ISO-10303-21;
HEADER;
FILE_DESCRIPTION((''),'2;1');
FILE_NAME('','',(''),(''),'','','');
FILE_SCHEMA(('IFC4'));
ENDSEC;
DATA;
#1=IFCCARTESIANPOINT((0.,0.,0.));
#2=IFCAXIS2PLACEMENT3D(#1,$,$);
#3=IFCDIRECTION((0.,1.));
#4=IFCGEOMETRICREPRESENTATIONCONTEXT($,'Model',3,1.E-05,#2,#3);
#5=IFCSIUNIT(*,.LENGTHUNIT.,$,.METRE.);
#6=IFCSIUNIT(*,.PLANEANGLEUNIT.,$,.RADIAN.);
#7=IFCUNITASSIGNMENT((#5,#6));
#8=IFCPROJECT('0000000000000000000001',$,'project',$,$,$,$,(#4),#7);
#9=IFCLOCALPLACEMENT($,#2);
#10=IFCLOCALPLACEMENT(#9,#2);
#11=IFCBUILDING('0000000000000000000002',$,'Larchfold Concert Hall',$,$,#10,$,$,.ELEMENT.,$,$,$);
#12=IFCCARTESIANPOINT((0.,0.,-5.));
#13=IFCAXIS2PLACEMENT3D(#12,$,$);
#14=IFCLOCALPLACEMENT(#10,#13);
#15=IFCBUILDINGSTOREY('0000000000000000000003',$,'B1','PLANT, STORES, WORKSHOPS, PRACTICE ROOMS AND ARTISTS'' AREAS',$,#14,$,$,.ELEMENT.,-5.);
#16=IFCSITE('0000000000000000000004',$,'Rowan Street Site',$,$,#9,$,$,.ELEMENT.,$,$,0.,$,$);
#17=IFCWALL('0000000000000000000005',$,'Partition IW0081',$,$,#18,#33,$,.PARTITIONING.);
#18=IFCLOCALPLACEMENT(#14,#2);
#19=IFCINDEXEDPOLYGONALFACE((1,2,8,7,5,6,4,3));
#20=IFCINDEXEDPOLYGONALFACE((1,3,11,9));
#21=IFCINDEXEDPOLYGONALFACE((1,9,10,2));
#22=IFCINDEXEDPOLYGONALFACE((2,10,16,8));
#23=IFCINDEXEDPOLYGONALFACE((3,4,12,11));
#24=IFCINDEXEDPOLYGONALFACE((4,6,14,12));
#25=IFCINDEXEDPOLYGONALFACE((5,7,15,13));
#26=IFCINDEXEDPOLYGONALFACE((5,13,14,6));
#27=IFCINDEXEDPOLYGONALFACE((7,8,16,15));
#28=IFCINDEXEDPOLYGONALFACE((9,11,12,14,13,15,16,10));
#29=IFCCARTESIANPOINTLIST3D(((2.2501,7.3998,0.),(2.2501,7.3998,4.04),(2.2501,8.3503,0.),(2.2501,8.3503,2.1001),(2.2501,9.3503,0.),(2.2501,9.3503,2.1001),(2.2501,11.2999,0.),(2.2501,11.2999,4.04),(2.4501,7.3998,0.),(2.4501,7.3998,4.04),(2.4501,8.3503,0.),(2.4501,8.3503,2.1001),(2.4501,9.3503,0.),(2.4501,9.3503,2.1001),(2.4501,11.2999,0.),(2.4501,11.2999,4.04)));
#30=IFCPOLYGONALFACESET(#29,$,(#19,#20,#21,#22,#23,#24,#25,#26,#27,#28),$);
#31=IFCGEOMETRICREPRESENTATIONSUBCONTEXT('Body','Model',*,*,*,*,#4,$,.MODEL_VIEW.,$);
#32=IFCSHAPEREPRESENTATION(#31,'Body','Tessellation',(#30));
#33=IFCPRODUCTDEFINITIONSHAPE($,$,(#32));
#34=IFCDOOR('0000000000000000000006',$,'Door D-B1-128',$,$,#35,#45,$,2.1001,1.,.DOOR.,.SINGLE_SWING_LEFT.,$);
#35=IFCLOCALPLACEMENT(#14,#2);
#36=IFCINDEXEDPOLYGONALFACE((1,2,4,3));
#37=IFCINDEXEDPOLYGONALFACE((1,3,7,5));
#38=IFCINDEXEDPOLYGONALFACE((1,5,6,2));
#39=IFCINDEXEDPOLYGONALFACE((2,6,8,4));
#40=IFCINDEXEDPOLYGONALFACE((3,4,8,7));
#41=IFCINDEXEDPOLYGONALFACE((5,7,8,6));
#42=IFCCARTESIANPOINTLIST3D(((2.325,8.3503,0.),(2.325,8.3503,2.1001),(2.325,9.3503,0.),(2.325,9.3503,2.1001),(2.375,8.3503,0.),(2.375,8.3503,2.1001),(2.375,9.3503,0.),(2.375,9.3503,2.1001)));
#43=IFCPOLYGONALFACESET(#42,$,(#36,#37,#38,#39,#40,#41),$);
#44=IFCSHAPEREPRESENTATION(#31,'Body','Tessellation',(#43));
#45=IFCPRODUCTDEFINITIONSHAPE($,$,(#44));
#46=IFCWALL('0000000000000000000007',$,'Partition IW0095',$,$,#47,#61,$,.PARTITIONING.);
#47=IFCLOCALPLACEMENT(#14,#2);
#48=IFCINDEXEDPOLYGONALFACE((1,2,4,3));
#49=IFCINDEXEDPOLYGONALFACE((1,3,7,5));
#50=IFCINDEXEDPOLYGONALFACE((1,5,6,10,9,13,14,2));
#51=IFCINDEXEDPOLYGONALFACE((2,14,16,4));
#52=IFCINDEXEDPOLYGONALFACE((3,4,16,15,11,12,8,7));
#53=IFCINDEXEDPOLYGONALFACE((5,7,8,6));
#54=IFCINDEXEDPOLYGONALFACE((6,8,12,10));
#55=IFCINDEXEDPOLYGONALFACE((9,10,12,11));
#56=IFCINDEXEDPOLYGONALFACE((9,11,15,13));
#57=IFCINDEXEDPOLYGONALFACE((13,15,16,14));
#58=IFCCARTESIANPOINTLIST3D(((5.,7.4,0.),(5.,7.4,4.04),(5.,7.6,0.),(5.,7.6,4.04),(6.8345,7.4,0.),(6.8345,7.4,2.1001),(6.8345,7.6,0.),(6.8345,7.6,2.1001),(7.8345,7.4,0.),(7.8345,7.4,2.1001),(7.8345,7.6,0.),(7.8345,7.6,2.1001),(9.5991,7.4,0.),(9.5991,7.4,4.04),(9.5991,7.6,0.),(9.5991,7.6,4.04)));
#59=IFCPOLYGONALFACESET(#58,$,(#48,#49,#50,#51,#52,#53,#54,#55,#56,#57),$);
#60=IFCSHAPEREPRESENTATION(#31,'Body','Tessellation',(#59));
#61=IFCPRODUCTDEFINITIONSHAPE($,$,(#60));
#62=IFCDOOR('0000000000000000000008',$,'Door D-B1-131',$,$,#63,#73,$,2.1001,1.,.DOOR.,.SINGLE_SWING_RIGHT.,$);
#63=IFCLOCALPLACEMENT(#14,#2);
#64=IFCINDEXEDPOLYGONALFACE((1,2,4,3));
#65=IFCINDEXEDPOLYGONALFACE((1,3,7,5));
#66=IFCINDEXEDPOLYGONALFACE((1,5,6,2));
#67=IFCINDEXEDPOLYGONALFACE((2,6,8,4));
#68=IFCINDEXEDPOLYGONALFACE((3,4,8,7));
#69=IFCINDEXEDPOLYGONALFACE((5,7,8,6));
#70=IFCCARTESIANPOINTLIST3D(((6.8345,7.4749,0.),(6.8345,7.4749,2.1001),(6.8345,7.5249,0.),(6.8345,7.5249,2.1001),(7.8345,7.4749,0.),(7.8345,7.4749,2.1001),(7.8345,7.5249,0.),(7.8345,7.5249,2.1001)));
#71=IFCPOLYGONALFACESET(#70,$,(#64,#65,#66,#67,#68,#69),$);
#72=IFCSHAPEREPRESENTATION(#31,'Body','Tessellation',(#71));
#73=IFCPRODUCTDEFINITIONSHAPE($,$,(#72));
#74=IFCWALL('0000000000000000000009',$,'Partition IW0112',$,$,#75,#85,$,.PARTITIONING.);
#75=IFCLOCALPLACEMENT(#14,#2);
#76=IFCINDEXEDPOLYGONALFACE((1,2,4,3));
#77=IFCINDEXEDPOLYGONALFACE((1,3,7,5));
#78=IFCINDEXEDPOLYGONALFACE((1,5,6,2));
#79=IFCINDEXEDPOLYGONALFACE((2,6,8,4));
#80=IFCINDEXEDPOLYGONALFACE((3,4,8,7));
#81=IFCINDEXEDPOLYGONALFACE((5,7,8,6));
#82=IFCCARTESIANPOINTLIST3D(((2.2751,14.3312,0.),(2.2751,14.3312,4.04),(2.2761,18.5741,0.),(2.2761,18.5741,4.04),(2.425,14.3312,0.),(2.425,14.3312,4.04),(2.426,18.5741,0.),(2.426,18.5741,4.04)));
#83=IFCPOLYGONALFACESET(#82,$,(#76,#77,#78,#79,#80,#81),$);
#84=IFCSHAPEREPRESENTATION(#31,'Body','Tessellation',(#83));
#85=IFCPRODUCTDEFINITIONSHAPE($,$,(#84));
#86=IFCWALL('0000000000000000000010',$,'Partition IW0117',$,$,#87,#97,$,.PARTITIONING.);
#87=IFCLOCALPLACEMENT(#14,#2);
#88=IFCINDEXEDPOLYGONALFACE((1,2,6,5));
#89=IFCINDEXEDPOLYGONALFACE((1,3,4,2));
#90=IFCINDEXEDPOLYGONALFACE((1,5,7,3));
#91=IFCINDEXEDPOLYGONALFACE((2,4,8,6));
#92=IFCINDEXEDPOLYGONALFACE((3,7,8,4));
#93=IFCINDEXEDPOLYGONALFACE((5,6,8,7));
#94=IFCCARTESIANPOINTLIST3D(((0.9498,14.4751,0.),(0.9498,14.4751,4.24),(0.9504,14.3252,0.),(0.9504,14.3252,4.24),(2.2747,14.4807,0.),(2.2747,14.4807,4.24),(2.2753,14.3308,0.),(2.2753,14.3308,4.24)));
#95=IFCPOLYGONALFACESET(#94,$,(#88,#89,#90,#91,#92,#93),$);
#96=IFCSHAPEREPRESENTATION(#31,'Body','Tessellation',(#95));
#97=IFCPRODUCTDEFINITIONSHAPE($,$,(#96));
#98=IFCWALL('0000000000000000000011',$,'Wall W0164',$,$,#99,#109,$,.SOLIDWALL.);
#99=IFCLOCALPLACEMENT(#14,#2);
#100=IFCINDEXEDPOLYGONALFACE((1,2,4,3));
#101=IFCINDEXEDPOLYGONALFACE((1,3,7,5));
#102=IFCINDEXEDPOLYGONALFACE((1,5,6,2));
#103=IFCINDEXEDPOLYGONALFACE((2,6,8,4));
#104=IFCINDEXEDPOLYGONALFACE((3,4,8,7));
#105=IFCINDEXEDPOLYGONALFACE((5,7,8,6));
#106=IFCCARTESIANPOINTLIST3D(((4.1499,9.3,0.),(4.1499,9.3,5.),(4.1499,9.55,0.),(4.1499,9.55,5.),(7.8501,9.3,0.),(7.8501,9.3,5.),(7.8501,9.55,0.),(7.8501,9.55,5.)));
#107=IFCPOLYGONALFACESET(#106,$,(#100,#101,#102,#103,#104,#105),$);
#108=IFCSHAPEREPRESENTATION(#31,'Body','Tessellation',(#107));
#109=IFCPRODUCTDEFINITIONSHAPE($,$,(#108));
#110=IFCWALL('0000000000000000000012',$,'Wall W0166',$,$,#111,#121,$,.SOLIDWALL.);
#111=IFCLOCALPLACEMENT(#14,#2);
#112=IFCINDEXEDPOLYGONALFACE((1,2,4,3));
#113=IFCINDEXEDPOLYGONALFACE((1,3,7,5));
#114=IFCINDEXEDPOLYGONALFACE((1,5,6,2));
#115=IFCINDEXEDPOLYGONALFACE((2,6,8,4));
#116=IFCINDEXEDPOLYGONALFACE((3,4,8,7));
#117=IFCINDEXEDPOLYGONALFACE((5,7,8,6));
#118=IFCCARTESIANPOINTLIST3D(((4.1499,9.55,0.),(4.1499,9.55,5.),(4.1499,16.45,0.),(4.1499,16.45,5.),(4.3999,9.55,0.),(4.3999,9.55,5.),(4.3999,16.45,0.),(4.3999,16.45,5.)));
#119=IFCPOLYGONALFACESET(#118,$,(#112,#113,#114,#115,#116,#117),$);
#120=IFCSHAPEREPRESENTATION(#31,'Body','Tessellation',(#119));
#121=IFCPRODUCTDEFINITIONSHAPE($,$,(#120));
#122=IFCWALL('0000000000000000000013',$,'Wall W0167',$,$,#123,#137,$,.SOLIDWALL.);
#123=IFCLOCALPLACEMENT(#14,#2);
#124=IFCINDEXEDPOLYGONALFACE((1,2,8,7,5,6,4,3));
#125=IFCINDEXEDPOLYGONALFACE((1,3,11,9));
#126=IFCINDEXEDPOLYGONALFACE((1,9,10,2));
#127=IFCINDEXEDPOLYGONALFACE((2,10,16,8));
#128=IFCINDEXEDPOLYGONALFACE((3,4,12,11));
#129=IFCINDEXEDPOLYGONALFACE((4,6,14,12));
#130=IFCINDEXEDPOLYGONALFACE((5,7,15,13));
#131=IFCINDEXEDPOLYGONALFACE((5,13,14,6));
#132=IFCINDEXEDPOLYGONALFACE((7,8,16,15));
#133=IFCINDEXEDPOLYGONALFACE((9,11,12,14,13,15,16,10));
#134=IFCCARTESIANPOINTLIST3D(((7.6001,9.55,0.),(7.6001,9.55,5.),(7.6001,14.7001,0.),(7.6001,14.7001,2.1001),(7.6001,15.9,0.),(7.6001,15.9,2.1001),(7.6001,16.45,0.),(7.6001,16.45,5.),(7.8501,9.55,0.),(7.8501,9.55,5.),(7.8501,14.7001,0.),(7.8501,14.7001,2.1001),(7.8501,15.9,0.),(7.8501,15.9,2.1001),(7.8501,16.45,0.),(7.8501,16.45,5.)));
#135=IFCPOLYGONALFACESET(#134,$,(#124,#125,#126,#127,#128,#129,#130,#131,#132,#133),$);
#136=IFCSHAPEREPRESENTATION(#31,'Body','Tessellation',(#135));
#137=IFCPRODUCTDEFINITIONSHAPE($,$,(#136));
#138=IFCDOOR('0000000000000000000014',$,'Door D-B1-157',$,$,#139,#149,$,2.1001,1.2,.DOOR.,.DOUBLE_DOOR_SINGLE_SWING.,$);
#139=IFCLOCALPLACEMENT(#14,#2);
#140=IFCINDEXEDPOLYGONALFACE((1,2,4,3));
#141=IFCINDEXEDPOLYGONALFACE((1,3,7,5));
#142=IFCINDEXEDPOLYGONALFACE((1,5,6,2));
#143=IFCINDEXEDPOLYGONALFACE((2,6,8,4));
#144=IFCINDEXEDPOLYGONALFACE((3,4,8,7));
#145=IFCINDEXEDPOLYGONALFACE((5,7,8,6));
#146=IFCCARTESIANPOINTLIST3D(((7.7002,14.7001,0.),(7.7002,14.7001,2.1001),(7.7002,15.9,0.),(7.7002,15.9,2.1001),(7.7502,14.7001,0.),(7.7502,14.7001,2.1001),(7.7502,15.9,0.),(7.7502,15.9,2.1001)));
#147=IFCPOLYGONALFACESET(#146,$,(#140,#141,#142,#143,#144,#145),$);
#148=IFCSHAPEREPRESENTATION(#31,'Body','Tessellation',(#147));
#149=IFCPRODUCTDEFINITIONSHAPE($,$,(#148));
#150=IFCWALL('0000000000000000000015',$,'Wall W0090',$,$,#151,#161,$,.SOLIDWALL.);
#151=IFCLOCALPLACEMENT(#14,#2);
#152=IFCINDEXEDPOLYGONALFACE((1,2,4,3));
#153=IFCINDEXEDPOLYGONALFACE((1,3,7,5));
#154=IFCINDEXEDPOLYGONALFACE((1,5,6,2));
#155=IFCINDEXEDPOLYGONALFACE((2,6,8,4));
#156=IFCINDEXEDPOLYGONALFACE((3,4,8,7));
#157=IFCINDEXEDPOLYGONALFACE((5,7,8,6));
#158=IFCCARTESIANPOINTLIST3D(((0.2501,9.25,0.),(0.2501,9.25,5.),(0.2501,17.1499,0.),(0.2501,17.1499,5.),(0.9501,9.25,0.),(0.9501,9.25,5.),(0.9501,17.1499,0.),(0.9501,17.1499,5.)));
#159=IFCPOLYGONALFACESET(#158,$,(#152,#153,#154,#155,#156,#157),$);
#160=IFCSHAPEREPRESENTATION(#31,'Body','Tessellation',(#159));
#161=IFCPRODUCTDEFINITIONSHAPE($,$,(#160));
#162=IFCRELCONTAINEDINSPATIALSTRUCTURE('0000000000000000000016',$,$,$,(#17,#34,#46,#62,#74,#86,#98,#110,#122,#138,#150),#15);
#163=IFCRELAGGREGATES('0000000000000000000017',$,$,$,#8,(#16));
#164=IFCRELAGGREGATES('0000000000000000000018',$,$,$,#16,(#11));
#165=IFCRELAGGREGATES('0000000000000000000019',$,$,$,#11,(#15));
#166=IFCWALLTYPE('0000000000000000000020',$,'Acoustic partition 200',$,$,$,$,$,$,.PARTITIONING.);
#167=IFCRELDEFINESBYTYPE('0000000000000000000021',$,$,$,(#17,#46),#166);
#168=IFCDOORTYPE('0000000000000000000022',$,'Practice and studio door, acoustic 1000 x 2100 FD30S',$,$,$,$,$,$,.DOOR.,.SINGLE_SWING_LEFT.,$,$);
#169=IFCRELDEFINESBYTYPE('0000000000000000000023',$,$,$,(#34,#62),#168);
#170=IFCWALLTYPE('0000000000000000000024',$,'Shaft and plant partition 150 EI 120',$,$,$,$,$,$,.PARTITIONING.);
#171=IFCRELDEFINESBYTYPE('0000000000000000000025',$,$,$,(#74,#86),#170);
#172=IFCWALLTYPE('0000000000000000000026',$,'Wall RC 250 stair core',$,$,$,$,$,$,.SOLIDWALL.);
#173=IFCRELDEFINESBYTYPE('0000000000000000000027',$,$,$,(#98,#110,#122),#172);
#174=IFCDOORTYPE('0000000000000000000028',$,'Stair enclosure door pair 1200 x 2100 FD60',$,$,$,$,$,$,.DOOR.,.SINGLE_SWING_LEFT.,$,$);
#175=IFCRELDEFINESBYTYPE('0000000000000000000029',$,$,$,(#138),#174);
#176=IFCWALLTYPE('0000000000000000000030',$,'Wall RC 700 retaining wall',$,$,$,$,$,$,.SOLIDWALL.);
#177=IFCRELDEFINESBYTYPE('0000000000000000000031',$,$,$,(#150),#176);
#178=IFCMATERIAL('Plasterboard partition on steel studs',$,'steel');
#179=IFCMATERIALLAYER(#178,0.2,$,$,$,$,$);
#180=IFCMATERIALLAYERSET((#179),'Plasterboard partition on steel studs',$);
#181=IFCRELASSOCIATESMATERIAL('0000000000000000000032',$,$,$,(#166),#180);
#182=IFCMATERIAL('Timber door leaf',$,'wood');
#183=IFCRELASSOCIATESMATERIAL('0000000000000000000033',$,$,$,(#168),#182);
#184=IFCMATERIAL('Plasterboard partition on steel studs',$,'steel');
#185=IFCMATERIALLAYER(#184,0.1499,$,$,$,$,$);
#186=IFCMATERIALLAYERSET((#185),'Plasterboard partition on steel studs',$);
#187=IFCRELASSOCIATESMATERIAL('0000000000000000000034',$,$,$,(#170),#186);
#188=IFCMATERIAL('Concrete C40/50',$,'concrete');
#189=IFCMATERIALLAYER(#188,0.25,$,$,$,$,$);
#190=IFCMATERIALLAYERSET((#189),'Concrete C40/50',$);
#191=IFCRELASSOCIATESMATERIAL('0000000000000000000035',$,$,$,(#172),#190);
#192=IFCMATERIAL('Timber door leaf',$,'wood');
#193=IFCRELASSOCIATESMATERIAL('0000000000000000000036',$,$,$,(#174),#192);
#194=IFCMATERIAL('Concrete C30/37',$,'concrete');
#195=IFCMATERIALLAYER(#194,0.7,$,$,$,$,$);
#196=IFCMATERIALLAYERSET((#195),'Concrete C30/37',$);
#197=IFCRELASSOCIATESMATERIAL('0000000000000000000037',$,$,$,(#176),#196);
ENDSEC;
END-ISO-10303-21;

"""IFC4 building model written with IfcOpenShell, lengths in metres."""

from ifc_helpers import new_model, si_unit, direction, frame, frame_2d, origin, place, context, subcontext, project, spatial, rectangle, extrude, material, layer, layer_set, type_object, element, fill, save


model = new_model("IFC4")

# Units and contexts
model_context = context("Model", 3, precision=1e-05, world=origin(), true_north=direction((0.0, 1.0)))
body_context = subcontext(model_context, "Body", "Model", "MODEL_VIEW")
ifc_project = project(units=[si_unit("LENGTHUNIT", "METRE"), si_unit("PLANEANGLEUNIT", "RADIAN")], contexts=[model_context])

# Site, building, storey
site_placement = place(None, origin())
site = spatial("IfcSite", under=ifc_project, at=site_placement, Name="Rowan Street Site", CompositionType="ELEMENT", RefElevation=0.0)
building_placement = place(site_placement, origin())
building = spatial("IfcBuilding", under=site, at=building_placement, Name="Larchfold Concert Hall", CompositionType="ELEMENT")
storey_placement = place(building_placement, frame((0.0, 0.0, -5.0)))
storey = spatial("IfcBuildingStorey", under=building, at=storey_placement, Name="B1", Description="PLANT, STORES, WORKSHOPS, PRACTICE ROOMS AND ARTISTS' AREAS", CompositionType="ELEMENT", Elevation=-5.0)

# Shared definitions
ifc_material_1 = material(Name="Plasterboard partition on steel studs", Category="steel")
ifc_layer_1 = layer(ifc_material_1, 0.2)
ifc_layer_set_1 = layer_set([ifc_layer_1], Name="Plasterboard partition on steel studs")
wall_type_1 = type_object("IfcWallType", Name="Acoustic partition 200", PredefinedType="PARTITIONING", material=ifc_layer_set_1)

# Walls, openings, doors
wall_1_placement = place(storey_placement, frame((2.3501, 11.3, 0.0), z_axis=(0.0, 0.0, 1.0), x_axis=(0.0, -1.0, 0.0)))
wall_1 = element("IfcWall", 1, at=wall_1_placement, inside=storey, type_object=wall_type_1, Name="Partition IW0081", PredefinedType="PARTITIONING", context=body_context, shape_type="SweptSolid", body=[
    extrude(rectangle(XDim=3.9001, YDim=0.2, at=frame_2d((1.9502, 0.0))), origin(), (0.0, 0.0, 1.0), 4.04),
])
opening_1_placement = place(wall_1_placement, frame((1.9497, 0.0, 0.0)))
opening_1 = element("IfcOpeningElement", 2, at=opening_1_placement, cuts=wall_1, PredefinedType="OPENING", context=body_context, shape_type="SweptSolid", body=[
    extrude(rectangle(XDim=1.0, YDim=2.1001, at=frame_2d((0.5, 1.05))), frame((0.0, 0.1099, 0.0), z_axis=(0.0, -1.0, 0.0), x_axis=(1.0, 0.0, 0.0)), (0.0, 0.0, 1.0), 0.22),
])
ifc_material_2 = material(Name="Timber door leaf", Category="wood")
door_type_1 = type_object("IfcDoorType", Name="Practice and studio door, acoustic 1000 x 2100 FD30S", OperationType="SINGLE_SWING_LEFT", PredefinedType="DOOR", material=ifc_material_2)
door_1_placement = place(opening_1_placement, origin())
door_1 = element("IfcDoor", 3, at=door_1_placement, inside=storey, type_object=door_type_1, Name="Door D-B1-128", OperationType="SINGLE_SWING_LEFT", OverallHeight=2.1001, OverallWidth=1.0, PredefinedType="DOOR", context=body_context, shape_type="SweptSolid", body=[
    extrude(rectangle(XDim=1.0, YDim=2.1001, at=frame_2d((0.5, 1.05))), frame((0.0, 0.0249, 0.0), z_axis=(0.0, -1.0, 0.0), x_axis=(1.0, 0.0, 0.0)), (0.0, 0.0, 1.0), 0.05),
])
fill(opening_1, door_1)
wall_2_placement = place(storey_placement, frame((5.0, 7.5, 0.0), z_axis=(0.0, 0.0, 1.0), x_axis=(1.0, 0.0, 0.0)))
wall_2 = element("IfcWall", 4, at=wall_2_placement, inside=storey, type_object=wall_type_1, Name="Partition IW0095", PredefinedType="PARTITIONING", context=body_context, shape_type="SweptSolid", body=[
    extrude(rectangle(XDim=4.5991, YDim=0.2, at=frame_2d((2.2996, 0.0))), origin(), (0.0, 0.0, 1.0), 4.04),
])
opening_2_placement = place(wall_2_placement, frame((1.8345, 0.0, 0.0)))
opening_2 = element("IfcOpeningElement", 5, at=opening_2_placement, cuts=wall_2, PredefinedType="OPENING", context=body_context, shape_type="SweptSolid", body=[
    extrude(rectangle(XDim=1.0, YDim=2.1001, at=frame_2d((0.5, 1.05))), frame((0.0, 0.1099, 0.0), z_axis=(0.0, -1.0, 0.0), x_axis=(1.0, 0.0, 0.0)), (0.0, 0.0, 1.0), 0.22),
])
door_2_placement = place(opening_2_placement, origin())
door_2 = element("IfcDoor", 6, at=door_2_placement, inside=storey, type_object=door_type_1, Name="Door D-B1-131", OperationType="SINGLE_SWING_RIGHT", OverallHeight=2.1001, OverallWidth=1.0, PredefinedType="DOOR", context=body_context, shape_type="SweptSolid", body=[
    extrude(rectangle(XDim=1.0, YDim=2.1001, at=frame_2d((0.5, 1.05))), frame((0.0, 0.0249, 0.0), z_axis=(0.0, -1.0, 0.0), x_axis=(1.0, 0.0, 0.0)), (0.0, 0.0, 1.0), 0.05),
])
fill(opening_2, door_2)

# Walls
ifc_material_3 = material(Name="Plasterboard partition on steel studs", Category="steel")
ifc_layer_2 = layer(ifc_material_3, 0.1499)
ifc_layer_set_2 = layer_set([ifc_layer_2], Name="Plasterboard partition on steel studs")
wall_type_2 = type_object("IfcWallType", Name="Shaft and plant partition 150 EI 120", PredefinedType="PARTITIONING", material=ifc_layer_set_2)
wall_3_placement = place(storey_placement, frame((2.3501, 14.3311, 0.0), z_axis=(0.0, 0.0, 1.0), x_axis=(0.00023, 1.0, 0.0)))
element("IfcWall", 7, at=wall_3_placement, inside=storey, type_object=wall_type_2, Name="Partition IW0112", PredefinedType="PARTITIONING", context=body_context, shape_type="SweptSolid", body=[
    extrude(rectangle(XDim=4.2429, YDim=0.1499, at=frame_2d((2.1216, 0.0))), origin(), (0.0, 0.0, 1.0), 4.04),
])
wall_4_placement = place(storey_placement, frame((0.95, 14.4001, 0.0), z_axis=(0.0, 0.0, 1.0), x_axis=(0.999991, 0.004238, 0.0)))
element("IfcWall", 8, at=wall_4_placement, inside=storey, type_object=wall_type_2, Name="Partition IW0117", PredefinedType="PARTITIONING", context=body_context, shape_type="SweptSolid", body=[
    extrude(rectangle(XDim=1.325, YDim=0.1499, at=frame_2d((0.6626, 0.0))), origin(), (0.0, 0.0, 1.0), 4.24),
])
ifc_material_4 = material(Name="Concrete C40/50", Category="concrete")
ifc_layer_3 = layer(ifc_material_4, 0.25)
ifc_layer_set_3 = layer_set([ifc_layer_3], Name="Concrete C40/50")
wall_type_3 = type_object("IfcWallType", Name="Wall RC 250 stair core", PredefinedType="SOLIDWALL", material=ifc_layer_set_3)
wall_5_placement = place(storey_placement, frame((4.1499, 9.425, 0.0), z_axis=(0.0, 0.0, 1.0), x_axis=(1.0, 0.0, 0.0)))
element("IfcWall", 9, at=wall_5_placement, inside=storey, type_object=wall_type_3, Name="Wall W0164", PredefinedType="SOLIDWALL", context=body_context, shape_type="SweptSolid", body=[
    extrude(rectangle(XDim=3.7002, YDim=0.25, at=frame_2d((1.8501, 0.0))), origin(), (0.0, 0.0, 1.0), 5.0),
])
wall_6_placement = place(storey_placement, frame((4.2749, 9.55, 0.0), z_axis=(0.0, 0.0, 1.0), x_axis=(0.0, 1.0, 0.0)))
element("IfcWall", 10, at=wall_6_placement, inside=storey, type_object=wall_type_3, Name="Wall W0166", PredefinedType="SOLIDWALL", context=body_context, shape_type="SweptSolid", body=[
    extrude(rectangle(XDim=6.8999, YDim=0.25, at=frame_2d((3.45, 0.0))), origin(), (0.0, 0.0, 1.0), 5.0),
])

# Wall, opening, door
wall_7_placement = place(storey_placement, frame((7.7251, 9.55, 0.0), z_axis=(0.0, 0.0, 1.0), x_axis=(0.0, 1.0, 0.0)))
wall_7 = element("IfcWall", 11, at=wall_7_placement, inside=storey, type_object=wall_type_3, Name="Wall W0167", PredefinedType="SOLIDWALL", context=body_context, shape_type="SweptSolid", body=[
    extrude(rectangle(XDim=6.8999, YDim=0.25, at=frame_2d((3.45, 0.0))), origin(), (0.0, 0.0, 1.0), 5.0),
])
opening_3_placement = place(wall_7_placement, frame((5.1499, 0.0, 0.0)))
opening_3 = element("IfcOpeningElement", 12, at=opening_3_placement, cuts=wall_7, PredefinedType="OPENING", context=body_context, shape_type="SweptSolid", body=[
    extrude(rectangle(XDim=1.2, YDim=2.1001, at=frame_2d((0.6001, 1.05))), frame((0.0, 0.135, 0.0), z_axis=(0.0, -1.0, 0.0), x_axis=(1.0, 0.0, 0.0)), (0.0, 0.0, 1.0), 0.27),
])
ifc_material_5 = material(Name="Timber door leaf", Category="wood")
door_type_2 = type_object("IfcDoorType", Name="Stair enclosure door pair 1200 x 2100 FD60", OperationType="SINGLE_SWING_LEFT", PredefinedType="DOOR", material=ifc_material_5)
door_3_placement = place(opening_3_placement, origin())
door_3 = element("IfcDoor", 13, at=door_3_placement, inside=storey, type_object=door_type_2, Name="Door D-B1-157", OperationType="DOUBLE_DOOR_SINGLE_SWING", OverallHeight=2.1001, OverallWidth=1.2, PredefinedType="DOOR", context=body_context, shape_type="SweptSolid", body=[
    extrude(rectangle(XDim=1.2, YDim=2.1001, at=frame_2d((0.6001, 1.05))), frame((0.0, 0.0249, 0.0), z_axis=(0.0, -1.0, 0.0), x_axis=(1.0, 0.0, 0.0)), (0.0, 0.0, 1.0), 0.05),
])
fill(opening_3, door_3)

# Wall
ifc_material_6 = material(Name="Concrete C30/37", Category="concrete")
ifc_layer_4 = layer(ifc_material_6, 0.7)
ifc_layer_set_4 = layer_set([ifc_layer_4], Name="Concrete C30/37")
wall_type_4 = type_object("IfcWallType", Name="Wall RC 700 retaining wall", PredefinedType="SOLIDWALL", material=ifc_layer_set_4)
wall_8_placement = place(storey_placement, frame((0.6001, 9.25, 0.0), z_axis=(0.0, 0.0, 1.0), x_axis=(0.0, 1.0, 0.0)))
element("IfcWall", 14, at=wall_8_placement, inside=storey, type_object=wall_type_4, Name="Wall W0090", PredefinedType="SOLIDWALL", context=body_context, shape_type="SweptSolid", body=[
    extrude(rectangle(XDim=7.8999, YDim=0.7, at=frame_2d((3.95, 0.0))), origin(), (0.0, 0.0, 1.0), 5.0),
])

save(model, "model.ifc")
